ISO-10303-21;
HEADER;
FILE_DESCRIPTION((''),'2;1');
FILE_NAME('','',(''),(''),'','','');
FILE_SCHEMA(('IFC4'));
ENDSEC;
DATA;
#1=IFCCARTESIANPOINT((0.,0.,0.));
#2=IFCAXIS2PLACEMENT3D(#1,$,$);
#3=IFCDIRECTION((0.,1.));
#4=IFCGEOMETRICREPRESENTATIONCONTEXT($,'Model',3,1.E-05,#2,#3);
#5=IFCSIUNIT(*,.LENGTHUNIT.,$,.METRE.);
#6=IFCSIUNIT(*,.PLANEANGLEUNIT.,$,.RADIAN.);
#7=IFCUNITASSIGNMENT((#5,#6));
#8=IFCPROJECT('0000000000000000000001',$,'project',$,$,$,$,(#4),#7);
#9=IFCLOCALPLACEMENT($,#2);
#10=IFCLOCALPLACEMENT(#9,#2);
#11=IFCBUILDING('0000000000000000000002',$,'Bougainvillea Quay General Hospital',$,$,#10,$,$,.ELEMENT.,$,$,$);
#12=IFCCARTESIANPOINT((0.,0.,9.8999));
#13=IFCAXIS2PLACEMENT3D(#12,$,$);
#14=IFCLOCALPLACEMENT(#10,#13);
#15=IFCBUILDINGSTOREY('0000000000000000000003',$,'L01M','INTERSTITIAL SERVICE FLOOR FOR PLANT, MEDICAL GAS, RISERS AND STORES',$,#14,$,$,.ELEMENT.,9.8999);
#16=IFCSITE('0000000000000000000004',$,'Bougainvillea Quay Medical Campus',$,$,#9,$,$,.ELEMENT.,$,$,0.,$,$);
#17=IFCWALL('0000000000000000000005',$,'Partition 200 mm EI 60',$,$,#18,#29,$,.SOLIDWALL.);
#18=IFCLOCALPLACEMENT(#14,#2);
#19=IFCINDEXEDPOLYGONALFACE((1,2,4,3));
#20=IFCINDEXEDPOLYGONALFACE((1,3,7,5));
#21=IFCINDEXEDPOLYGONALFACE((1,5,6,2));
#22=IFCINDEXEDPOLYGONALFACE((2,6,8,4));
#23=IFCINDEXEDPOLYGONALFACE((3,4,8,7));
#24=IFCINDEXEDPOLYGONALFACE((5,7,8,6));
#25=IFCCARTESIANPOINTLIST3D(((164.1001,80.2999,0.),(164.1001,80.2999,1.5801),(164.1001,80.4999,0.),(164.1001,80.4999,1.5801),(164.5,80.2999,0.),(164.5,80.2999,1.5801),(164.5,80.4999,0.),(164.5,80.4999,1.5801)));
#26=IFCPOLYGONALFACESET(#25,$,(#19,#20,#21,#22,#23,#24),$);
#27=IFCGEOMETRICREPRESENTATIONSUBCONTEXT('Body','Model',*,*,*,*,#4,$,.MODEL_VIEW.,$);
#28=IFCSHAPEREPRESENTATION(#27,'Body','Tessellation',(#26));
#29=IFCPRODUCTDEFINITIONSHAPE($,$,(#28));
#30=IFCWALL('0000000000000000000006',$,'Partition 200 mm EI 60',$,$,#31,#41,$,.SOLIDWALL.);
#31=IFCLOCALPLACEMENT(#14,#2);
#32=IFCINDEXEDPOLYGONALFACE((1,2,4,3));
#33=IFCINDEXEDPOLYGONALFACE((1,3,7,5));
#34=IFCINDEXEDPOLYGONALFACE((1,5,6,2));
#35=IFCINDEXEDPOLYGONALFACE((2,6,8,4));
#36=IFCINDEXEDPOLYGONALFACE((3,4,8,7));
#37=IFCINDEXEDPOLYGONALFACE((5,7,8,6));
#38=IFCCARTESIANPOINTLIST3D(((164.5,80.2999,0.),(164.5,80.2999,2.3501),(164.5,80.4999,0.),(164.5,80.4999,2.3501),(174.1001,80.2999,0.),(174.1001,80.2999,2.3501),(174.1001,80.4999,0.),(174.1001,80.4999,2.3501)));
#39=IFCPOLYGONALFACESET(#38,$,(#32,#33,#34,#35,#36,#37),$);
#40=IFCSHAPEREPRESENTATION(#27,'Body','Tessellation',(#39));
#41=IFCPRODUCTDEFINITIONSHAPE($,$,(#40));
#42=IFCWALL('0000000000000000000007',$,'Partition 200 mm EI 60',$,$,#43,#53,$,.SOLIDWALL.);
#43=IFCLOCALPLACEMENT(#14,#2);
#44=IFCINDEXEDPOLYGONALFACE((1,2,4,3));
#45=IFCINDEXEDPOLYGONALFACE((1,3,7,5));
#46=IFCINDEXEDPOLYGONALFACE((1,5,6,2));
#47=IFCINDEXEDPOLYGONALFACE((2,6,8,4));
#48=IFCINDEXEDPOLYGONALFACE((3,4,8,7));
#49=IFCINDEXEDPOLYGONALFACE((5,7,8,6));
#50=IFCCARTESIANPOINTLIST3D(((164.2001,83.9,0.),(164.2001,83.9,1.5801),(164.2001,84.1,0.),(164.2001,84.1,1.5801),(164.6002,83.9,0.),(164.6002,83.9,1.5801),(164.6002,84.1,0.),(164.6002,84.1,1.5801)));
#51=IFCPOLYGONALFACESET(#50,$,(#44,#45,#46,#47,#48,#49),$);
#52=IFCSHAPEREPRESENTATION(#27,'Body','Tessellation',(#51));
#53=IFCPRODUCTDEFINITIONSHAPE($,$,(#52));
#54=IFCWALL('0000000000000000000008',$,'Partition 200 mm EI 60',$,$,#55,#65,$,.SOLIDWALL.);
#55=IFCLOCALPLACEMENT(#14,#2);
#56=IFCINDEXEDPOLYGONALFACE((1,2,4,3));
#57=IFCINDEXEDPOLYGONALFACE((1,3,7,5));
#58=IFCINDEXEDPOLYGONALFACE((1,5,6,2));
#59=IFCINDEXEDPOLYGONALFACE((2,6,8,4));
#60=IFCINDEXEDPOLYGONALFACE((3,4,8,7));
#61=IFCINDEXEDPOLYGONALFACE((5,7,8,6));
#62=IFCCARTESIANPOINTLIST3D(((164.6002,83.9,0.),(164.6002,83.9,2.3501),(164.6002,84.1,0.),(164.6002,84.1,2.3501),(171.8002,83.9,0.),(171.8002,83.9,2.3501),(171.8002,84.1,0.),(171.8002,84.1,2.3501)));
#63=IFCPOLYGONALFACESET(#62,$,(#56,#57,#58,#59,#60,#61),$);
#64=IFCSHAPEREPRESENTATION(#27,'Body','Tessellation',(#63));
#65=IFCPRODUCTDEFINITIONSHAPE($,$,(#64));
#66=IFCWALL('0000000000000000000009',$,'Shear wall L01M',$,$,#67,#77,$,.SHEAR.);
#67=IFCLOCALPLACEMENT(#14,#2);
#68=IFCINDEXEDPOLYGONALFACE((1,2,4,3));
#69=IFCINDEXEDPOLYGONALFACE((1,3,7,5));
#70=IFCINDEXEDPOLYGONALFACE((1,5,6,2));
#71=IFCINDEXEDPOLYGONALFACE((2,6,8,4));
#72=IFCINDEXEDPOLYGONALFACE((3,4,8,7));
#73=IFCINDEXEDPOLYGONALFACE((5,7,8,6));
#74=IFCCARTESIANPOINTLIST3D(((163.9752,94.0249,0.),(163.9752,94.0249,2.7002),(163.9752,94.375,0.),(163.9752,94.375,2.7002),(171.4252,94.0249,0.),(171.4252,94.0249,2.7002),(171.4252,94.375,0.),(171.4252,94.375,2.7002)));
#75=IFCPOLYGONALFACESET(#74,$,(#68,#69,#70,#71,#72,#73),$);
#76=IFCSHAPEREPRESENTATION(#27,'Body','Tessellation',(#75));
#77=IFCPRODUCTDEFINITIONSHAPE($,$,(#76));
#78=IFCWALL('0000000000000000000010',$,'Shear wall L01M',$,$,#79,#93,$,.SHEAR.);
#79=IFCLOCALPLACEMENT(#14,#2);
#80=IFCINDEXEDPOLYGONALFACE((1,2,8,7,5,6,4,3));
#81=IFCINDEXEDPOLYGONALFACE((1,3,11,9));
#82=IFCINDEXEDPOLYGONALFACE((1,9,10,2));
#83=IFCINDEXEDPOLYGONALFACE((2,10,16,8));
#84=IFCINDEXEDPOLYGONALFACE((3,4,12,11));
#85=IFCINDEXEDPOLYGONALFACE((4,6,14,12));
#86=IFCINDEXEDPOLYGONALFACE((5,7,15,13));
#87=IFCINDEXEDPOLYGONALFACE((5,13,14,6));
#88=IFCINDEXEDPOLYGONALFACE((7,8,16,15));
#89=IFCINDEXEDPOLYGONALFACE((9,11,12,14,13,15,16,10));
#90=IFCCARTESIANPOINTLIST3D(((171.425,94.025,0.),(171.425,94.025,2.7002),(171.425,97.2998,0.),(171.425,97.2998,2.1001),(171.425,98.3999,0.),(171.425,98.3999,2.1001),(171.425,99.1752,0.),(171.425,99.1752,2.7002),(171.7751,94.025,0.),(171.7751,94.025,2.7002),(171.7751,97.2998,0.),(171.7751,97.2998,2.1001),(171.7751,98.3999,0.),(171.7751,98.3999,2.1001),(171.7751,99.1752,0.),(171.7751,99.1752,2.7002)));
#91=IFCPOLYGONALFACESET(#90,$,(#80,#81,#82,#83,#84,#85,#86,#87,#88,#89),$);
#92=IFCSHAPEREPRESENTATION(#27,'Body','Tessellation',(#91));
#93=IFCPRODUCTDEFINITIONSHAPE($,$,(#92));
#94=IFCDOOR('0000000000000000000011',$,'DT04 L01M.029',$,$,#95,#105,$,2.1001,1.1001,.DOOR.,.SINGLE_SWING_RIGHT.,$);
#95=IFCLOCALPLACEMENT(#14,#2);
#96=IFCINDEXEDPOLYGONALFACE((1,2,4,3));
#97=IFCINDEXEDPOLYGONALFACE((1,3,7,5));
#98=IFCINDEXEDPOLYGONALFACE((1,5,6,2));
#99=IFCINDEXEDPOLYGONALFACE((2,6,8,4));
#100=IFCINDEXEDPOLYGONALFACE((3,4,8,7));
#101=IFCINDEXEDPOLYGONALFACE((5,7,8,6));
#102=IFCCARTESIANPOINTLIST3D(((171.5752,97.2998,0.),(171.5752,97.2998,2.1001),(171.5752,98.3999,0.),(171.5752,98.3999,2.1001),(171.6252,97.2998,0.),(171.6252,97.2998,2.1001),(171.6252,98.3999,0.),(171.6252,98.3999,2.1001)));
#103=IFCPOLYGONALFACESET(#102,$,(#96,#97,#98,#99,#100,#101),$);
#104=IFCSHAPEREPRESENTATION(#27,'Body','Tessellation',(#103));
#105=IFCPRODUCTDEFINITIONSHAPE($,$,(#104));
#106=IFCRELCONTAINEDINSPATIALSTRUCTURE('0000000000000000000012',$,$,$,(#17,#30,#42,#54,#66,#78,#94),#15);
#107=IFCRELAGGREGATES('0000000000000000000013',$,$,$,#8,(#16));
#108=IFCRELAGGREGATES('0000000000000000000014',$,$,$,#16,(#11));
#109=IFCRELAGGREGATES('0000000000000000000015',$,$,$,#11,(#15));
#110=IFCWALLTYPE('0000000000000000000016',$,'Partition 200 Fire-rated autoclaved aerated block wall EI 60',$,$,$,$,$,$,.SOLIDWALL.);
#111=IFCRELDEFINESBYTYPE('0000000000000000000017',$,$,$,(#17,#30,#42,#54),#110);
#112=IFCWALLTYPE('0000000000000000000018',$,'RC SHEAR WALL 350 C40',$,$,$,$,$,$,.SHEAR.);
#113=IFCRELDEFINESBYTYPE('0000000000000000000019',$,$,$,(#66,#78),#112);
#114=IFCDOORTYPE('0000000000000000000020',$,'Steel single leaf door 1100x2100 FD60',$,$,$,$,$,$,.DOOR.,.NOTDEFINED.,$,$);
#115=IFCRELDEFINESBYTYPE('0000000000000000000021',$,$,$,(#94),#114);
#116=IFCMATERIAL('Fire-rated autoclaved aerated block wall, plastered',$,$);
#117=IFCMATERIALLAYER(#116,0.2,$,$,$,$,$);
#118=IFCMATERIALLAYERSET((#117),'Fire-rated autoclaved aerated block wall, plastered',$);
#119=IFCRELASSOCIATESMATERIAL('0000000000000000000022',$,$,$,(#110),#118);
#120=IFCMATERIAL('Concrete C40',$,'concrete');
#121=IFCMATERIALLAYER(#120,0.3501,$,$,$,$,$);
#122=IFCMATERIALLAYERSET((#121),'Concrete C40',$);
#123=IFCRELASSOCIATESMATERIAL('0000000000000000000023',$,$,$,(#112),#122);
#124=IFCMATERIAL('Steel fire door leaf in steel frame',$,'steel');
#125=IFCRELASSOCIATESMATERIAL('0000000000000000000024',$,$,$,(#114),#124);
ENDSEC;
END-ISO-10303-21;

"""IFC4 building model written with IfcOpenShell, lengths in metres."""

from ifc_helpers import new_model, si_unit, direction, frame, frame_2d, origin, place, context, subcontext, project, spatial, rectangle, extrude, material, layer, layer_set, type_object, element, fill, save


model = new_model("IFC4")

# Units and contexts
model_context = context("Model", 3, precision=1e-05, world=origin(), true_north=direction((0.0, 1.0)))
body_context = subcontext(model_context, "Body", "Model", "MODEL_VIEW")
ifc_project = project(units=[si_unit("LENGTHUNIT", "METRE"), si_unit("PLANEANGLEUNIT", "RADIAN")], contexts=[model_context])

# Site, building, storey
site_placement = place(None, origin())
site = spatial("IfcSite", under=ifc_project, at=site_placement, Name="Bougainvillea Quay Medical Campus", CompositionType="ELEMENT", RefElevation=0.0)
building_placement = place(site_placement, origin())
building = spatial("IfcBuilding", under=site, at=building_placement, Name="Bougainvillea Quay General Hospital", CompositionType="ELEMENT")
storey_placement = place(building_placement, frame((0.0, 0.0, 9.8999)))
storey = spatial("IfcBuildingStorey", under=building, at=storey_placement, Name="L01M", Description="INTERSTITIAL SERVICE FLOOR FOR PLANT, MEDICAL GAS, RISERS AND STORES", CompositionType="ELEMENT", Elevation=9.8999)

# Shared definitions
ifc_material_1 = material(Name="Concrete C40", Category="concrete")

# Walls
ifc_material_2 = material(Name="Fire-rated autoclaved aerated block wall, plastered")
ifc_layer_1 = layer(ifc_material_2, 0.2)
ifc_layer_set_1 = layer_set([ifc_layer_1], Name="Fire-rated autoclaved aerated block wall, plastered")
wall_type_1 = type_object("IfcWallType", Name="Partition 200 Fire-rated autoclaved aerated block wall EI 60", PredefinedType="SOLIDWALL", material=ifc_layer_set_1)
wall_1_placement = place(storey_placement, frame((164.1001, 80.3999, 0.0), z_axis=(0.0, 0.0, 1.0), x_axis=(1.0, 0.0, 0.0)))
element("IfcWall", 1, at=wall_1_placement, inside=storey, type_object=wall_type_1, Name="Partition 200 mm EI 60", PredefinedType="SOLIDWALL", context=body_context, shape_type="SweptSolid", body=[
    extrude(rectangle(XDim=0.3999, YDim=0.2, at=frame_2d((0.2, 0.0))), origin(), (0.0, 0.0, 1.0), 1.5801),
])
wall_2_placement = place(storey_placement, frame((164.5, 80.3999, 0.0), z_axis=(0.0, 0.0, 1.0), x_axis=(1.0, 0.0, 0.0)))
element("IfcWall", 2, at=wall_2_placement, inside=storey, type_object=wall_type_1, Name="Partition 200 mm EI 60", PredefinedType="SOLIDWALL", context=body_context, shape_type="SweptSolid", body=[
    extrude(rectangle(XDim=9.6001, YDim=0.2, at=frame_2d((4.8, 0.0))), origin(), (0.0, 0.0, 1.0), 2.3501),
])
wall_3_placement = place(storey_placement, frame((164.2, 84.0, 0.0), z_axis=(0.0, 0.0, 1.0), x_axis=(1.0, 0.0, 0.0)))
element("IfcWall", 3, at=wall_3_placement, inside=storey, type_object=wall_type_1, Name="Partition 200 mm EI 60", PredefinedType="SOLIDWALL", context=body_context, shape_type="SweptSolid", body=[
    extrude(rectangle(XDim=0.4001, YDim=0.2, at=frame_2d((0.2002, 0.0))), origin(), (0.0, 0.0, 1.0), 1.5801),
])
wall_4_placement = place(storey_placement, frame((164.6001, 84.0, 0.0), z_axis=(0.0, 0.0, 1.0), x_axis=(1.0, 0.0, 0.0)))
element("IfcWall", 4, at=wall_4_placement, inside=storey, type_object=wall_type_1, Name="Partition 200 mm EI 60", PredefinedType="SOLIDWALL", context=body_context, shape_type="SweptSolid", body=[
    extrude(rectangle(XDim=7.2, YDim=0.2, at=frame_2d((3.6001, 0.0))), origin(), (0.0, 0.0, 1.0), 2.3501),
])
ifc_layer_2 = layer(ifc_material_1, 0.3501)
ifc_layer_set_2 = layer_set([ifc_layer_2], Name="Concrete C40")
wall_type_2 = type_object("IfcWallType", Name="RC SHEAR WALL 350 C40", PredefinedType="SHEAR", material=ifc_layer_set_2)
wall_5_placement = place(storey_placement, frame((163.9751, 94.2, 0.0), z_axis=(0.0, 0.0, 1.0), x_axis=(1.0, 0.0, 0.0)))
element("IfcWall", 5, at=wall_5_placement, inside=storey, type_object=wall_type_2, Name="Shear wall L01M", PredefinedType="SHEAR", context=body_context, shape_type="SweptSolid", body=[
    extrude(rectangle(XDim=7.45, YDim=0.3501, at=frame_2d((3.7251, 0.0))), origin(), (0.0, 0.0, 1.0), 2.7002),
])

# Wall, opening, door
wall_6_placement = place(storey_placement, frame((171.6001, 94.0249, 0.0), z_axis=(0.0, 0.0, 1.0), x_axis=(0.0, 1.0, 0.0)))
wall_6 = element("IfcWall", 6, at=wall_6_placement, inside=storey, type_object=wall_type_2, Name="Shear wall L01M", PredefinedType="SHEAR", context=body_context, shape_type="SweptSolid", body=[
    extrude(rectangle(XDim=5.1501, YDim=0.3501, at=frame_2d((2.5752, 0.0))), origin(), (0.0, 0.0, 1.0), 2.7002),
])
opening_placement = place(wall_6_placement, frame((3.2749, 0.0, 0.0)))
opening = element("IfcOpeningElement", 7, at=opening_placement, cuts=wall_6, PredefinedType="OPENING", context=body_context, shape_type="SweptSolid", body=[
    extrude(rectangle(XDim=1.1001, YDim=2.1001, at=frame_2d((0.55, 1.05))), frame((0.0, 0.1851, 0.0), z_axis=(0.0, -1.0, 0.0), x_axis=(1.0, 0.0, 0.0)), (0.0, 0.0, 1.0), 0.3701),
])
ifc_material_3 = material(Name="Steel fire door leaf in steel frame", Category="steel")
door_type = type_object("IfcDoorType", Name="Steel single leaf door 1100x2100 FD60", OperationType="NOTDEFINED", PredefinedType="DOOR", material=ifc_material_3)
door_placement = place(opening_placement, origin())
door = element("IfcDoor", 8, at=door_placement, inside=storey, type_object=door_type, Name="DT04 L01M.029", OperationType="SINGLE_SWING_RIGHT", OverallHeight=2.1001, OverallWidth=1.1001, PredefinedType="DOOR", context=body_context, shape_type="SweptSolid", body=[
    extrude(rectangle(XDim=1.1001, YDim=2.1001, at=frame_2d((0.55, 1.05))), frame((0.0, 0.0249, 0.0), z_axis=(0.0, -1.0, 0.0), x_axis=(1.0, 0.0, 0.0)), (0.0, 0.0, 1.0), 0.05),
])
fill(opening, door)

save(model, "model.ifc")
